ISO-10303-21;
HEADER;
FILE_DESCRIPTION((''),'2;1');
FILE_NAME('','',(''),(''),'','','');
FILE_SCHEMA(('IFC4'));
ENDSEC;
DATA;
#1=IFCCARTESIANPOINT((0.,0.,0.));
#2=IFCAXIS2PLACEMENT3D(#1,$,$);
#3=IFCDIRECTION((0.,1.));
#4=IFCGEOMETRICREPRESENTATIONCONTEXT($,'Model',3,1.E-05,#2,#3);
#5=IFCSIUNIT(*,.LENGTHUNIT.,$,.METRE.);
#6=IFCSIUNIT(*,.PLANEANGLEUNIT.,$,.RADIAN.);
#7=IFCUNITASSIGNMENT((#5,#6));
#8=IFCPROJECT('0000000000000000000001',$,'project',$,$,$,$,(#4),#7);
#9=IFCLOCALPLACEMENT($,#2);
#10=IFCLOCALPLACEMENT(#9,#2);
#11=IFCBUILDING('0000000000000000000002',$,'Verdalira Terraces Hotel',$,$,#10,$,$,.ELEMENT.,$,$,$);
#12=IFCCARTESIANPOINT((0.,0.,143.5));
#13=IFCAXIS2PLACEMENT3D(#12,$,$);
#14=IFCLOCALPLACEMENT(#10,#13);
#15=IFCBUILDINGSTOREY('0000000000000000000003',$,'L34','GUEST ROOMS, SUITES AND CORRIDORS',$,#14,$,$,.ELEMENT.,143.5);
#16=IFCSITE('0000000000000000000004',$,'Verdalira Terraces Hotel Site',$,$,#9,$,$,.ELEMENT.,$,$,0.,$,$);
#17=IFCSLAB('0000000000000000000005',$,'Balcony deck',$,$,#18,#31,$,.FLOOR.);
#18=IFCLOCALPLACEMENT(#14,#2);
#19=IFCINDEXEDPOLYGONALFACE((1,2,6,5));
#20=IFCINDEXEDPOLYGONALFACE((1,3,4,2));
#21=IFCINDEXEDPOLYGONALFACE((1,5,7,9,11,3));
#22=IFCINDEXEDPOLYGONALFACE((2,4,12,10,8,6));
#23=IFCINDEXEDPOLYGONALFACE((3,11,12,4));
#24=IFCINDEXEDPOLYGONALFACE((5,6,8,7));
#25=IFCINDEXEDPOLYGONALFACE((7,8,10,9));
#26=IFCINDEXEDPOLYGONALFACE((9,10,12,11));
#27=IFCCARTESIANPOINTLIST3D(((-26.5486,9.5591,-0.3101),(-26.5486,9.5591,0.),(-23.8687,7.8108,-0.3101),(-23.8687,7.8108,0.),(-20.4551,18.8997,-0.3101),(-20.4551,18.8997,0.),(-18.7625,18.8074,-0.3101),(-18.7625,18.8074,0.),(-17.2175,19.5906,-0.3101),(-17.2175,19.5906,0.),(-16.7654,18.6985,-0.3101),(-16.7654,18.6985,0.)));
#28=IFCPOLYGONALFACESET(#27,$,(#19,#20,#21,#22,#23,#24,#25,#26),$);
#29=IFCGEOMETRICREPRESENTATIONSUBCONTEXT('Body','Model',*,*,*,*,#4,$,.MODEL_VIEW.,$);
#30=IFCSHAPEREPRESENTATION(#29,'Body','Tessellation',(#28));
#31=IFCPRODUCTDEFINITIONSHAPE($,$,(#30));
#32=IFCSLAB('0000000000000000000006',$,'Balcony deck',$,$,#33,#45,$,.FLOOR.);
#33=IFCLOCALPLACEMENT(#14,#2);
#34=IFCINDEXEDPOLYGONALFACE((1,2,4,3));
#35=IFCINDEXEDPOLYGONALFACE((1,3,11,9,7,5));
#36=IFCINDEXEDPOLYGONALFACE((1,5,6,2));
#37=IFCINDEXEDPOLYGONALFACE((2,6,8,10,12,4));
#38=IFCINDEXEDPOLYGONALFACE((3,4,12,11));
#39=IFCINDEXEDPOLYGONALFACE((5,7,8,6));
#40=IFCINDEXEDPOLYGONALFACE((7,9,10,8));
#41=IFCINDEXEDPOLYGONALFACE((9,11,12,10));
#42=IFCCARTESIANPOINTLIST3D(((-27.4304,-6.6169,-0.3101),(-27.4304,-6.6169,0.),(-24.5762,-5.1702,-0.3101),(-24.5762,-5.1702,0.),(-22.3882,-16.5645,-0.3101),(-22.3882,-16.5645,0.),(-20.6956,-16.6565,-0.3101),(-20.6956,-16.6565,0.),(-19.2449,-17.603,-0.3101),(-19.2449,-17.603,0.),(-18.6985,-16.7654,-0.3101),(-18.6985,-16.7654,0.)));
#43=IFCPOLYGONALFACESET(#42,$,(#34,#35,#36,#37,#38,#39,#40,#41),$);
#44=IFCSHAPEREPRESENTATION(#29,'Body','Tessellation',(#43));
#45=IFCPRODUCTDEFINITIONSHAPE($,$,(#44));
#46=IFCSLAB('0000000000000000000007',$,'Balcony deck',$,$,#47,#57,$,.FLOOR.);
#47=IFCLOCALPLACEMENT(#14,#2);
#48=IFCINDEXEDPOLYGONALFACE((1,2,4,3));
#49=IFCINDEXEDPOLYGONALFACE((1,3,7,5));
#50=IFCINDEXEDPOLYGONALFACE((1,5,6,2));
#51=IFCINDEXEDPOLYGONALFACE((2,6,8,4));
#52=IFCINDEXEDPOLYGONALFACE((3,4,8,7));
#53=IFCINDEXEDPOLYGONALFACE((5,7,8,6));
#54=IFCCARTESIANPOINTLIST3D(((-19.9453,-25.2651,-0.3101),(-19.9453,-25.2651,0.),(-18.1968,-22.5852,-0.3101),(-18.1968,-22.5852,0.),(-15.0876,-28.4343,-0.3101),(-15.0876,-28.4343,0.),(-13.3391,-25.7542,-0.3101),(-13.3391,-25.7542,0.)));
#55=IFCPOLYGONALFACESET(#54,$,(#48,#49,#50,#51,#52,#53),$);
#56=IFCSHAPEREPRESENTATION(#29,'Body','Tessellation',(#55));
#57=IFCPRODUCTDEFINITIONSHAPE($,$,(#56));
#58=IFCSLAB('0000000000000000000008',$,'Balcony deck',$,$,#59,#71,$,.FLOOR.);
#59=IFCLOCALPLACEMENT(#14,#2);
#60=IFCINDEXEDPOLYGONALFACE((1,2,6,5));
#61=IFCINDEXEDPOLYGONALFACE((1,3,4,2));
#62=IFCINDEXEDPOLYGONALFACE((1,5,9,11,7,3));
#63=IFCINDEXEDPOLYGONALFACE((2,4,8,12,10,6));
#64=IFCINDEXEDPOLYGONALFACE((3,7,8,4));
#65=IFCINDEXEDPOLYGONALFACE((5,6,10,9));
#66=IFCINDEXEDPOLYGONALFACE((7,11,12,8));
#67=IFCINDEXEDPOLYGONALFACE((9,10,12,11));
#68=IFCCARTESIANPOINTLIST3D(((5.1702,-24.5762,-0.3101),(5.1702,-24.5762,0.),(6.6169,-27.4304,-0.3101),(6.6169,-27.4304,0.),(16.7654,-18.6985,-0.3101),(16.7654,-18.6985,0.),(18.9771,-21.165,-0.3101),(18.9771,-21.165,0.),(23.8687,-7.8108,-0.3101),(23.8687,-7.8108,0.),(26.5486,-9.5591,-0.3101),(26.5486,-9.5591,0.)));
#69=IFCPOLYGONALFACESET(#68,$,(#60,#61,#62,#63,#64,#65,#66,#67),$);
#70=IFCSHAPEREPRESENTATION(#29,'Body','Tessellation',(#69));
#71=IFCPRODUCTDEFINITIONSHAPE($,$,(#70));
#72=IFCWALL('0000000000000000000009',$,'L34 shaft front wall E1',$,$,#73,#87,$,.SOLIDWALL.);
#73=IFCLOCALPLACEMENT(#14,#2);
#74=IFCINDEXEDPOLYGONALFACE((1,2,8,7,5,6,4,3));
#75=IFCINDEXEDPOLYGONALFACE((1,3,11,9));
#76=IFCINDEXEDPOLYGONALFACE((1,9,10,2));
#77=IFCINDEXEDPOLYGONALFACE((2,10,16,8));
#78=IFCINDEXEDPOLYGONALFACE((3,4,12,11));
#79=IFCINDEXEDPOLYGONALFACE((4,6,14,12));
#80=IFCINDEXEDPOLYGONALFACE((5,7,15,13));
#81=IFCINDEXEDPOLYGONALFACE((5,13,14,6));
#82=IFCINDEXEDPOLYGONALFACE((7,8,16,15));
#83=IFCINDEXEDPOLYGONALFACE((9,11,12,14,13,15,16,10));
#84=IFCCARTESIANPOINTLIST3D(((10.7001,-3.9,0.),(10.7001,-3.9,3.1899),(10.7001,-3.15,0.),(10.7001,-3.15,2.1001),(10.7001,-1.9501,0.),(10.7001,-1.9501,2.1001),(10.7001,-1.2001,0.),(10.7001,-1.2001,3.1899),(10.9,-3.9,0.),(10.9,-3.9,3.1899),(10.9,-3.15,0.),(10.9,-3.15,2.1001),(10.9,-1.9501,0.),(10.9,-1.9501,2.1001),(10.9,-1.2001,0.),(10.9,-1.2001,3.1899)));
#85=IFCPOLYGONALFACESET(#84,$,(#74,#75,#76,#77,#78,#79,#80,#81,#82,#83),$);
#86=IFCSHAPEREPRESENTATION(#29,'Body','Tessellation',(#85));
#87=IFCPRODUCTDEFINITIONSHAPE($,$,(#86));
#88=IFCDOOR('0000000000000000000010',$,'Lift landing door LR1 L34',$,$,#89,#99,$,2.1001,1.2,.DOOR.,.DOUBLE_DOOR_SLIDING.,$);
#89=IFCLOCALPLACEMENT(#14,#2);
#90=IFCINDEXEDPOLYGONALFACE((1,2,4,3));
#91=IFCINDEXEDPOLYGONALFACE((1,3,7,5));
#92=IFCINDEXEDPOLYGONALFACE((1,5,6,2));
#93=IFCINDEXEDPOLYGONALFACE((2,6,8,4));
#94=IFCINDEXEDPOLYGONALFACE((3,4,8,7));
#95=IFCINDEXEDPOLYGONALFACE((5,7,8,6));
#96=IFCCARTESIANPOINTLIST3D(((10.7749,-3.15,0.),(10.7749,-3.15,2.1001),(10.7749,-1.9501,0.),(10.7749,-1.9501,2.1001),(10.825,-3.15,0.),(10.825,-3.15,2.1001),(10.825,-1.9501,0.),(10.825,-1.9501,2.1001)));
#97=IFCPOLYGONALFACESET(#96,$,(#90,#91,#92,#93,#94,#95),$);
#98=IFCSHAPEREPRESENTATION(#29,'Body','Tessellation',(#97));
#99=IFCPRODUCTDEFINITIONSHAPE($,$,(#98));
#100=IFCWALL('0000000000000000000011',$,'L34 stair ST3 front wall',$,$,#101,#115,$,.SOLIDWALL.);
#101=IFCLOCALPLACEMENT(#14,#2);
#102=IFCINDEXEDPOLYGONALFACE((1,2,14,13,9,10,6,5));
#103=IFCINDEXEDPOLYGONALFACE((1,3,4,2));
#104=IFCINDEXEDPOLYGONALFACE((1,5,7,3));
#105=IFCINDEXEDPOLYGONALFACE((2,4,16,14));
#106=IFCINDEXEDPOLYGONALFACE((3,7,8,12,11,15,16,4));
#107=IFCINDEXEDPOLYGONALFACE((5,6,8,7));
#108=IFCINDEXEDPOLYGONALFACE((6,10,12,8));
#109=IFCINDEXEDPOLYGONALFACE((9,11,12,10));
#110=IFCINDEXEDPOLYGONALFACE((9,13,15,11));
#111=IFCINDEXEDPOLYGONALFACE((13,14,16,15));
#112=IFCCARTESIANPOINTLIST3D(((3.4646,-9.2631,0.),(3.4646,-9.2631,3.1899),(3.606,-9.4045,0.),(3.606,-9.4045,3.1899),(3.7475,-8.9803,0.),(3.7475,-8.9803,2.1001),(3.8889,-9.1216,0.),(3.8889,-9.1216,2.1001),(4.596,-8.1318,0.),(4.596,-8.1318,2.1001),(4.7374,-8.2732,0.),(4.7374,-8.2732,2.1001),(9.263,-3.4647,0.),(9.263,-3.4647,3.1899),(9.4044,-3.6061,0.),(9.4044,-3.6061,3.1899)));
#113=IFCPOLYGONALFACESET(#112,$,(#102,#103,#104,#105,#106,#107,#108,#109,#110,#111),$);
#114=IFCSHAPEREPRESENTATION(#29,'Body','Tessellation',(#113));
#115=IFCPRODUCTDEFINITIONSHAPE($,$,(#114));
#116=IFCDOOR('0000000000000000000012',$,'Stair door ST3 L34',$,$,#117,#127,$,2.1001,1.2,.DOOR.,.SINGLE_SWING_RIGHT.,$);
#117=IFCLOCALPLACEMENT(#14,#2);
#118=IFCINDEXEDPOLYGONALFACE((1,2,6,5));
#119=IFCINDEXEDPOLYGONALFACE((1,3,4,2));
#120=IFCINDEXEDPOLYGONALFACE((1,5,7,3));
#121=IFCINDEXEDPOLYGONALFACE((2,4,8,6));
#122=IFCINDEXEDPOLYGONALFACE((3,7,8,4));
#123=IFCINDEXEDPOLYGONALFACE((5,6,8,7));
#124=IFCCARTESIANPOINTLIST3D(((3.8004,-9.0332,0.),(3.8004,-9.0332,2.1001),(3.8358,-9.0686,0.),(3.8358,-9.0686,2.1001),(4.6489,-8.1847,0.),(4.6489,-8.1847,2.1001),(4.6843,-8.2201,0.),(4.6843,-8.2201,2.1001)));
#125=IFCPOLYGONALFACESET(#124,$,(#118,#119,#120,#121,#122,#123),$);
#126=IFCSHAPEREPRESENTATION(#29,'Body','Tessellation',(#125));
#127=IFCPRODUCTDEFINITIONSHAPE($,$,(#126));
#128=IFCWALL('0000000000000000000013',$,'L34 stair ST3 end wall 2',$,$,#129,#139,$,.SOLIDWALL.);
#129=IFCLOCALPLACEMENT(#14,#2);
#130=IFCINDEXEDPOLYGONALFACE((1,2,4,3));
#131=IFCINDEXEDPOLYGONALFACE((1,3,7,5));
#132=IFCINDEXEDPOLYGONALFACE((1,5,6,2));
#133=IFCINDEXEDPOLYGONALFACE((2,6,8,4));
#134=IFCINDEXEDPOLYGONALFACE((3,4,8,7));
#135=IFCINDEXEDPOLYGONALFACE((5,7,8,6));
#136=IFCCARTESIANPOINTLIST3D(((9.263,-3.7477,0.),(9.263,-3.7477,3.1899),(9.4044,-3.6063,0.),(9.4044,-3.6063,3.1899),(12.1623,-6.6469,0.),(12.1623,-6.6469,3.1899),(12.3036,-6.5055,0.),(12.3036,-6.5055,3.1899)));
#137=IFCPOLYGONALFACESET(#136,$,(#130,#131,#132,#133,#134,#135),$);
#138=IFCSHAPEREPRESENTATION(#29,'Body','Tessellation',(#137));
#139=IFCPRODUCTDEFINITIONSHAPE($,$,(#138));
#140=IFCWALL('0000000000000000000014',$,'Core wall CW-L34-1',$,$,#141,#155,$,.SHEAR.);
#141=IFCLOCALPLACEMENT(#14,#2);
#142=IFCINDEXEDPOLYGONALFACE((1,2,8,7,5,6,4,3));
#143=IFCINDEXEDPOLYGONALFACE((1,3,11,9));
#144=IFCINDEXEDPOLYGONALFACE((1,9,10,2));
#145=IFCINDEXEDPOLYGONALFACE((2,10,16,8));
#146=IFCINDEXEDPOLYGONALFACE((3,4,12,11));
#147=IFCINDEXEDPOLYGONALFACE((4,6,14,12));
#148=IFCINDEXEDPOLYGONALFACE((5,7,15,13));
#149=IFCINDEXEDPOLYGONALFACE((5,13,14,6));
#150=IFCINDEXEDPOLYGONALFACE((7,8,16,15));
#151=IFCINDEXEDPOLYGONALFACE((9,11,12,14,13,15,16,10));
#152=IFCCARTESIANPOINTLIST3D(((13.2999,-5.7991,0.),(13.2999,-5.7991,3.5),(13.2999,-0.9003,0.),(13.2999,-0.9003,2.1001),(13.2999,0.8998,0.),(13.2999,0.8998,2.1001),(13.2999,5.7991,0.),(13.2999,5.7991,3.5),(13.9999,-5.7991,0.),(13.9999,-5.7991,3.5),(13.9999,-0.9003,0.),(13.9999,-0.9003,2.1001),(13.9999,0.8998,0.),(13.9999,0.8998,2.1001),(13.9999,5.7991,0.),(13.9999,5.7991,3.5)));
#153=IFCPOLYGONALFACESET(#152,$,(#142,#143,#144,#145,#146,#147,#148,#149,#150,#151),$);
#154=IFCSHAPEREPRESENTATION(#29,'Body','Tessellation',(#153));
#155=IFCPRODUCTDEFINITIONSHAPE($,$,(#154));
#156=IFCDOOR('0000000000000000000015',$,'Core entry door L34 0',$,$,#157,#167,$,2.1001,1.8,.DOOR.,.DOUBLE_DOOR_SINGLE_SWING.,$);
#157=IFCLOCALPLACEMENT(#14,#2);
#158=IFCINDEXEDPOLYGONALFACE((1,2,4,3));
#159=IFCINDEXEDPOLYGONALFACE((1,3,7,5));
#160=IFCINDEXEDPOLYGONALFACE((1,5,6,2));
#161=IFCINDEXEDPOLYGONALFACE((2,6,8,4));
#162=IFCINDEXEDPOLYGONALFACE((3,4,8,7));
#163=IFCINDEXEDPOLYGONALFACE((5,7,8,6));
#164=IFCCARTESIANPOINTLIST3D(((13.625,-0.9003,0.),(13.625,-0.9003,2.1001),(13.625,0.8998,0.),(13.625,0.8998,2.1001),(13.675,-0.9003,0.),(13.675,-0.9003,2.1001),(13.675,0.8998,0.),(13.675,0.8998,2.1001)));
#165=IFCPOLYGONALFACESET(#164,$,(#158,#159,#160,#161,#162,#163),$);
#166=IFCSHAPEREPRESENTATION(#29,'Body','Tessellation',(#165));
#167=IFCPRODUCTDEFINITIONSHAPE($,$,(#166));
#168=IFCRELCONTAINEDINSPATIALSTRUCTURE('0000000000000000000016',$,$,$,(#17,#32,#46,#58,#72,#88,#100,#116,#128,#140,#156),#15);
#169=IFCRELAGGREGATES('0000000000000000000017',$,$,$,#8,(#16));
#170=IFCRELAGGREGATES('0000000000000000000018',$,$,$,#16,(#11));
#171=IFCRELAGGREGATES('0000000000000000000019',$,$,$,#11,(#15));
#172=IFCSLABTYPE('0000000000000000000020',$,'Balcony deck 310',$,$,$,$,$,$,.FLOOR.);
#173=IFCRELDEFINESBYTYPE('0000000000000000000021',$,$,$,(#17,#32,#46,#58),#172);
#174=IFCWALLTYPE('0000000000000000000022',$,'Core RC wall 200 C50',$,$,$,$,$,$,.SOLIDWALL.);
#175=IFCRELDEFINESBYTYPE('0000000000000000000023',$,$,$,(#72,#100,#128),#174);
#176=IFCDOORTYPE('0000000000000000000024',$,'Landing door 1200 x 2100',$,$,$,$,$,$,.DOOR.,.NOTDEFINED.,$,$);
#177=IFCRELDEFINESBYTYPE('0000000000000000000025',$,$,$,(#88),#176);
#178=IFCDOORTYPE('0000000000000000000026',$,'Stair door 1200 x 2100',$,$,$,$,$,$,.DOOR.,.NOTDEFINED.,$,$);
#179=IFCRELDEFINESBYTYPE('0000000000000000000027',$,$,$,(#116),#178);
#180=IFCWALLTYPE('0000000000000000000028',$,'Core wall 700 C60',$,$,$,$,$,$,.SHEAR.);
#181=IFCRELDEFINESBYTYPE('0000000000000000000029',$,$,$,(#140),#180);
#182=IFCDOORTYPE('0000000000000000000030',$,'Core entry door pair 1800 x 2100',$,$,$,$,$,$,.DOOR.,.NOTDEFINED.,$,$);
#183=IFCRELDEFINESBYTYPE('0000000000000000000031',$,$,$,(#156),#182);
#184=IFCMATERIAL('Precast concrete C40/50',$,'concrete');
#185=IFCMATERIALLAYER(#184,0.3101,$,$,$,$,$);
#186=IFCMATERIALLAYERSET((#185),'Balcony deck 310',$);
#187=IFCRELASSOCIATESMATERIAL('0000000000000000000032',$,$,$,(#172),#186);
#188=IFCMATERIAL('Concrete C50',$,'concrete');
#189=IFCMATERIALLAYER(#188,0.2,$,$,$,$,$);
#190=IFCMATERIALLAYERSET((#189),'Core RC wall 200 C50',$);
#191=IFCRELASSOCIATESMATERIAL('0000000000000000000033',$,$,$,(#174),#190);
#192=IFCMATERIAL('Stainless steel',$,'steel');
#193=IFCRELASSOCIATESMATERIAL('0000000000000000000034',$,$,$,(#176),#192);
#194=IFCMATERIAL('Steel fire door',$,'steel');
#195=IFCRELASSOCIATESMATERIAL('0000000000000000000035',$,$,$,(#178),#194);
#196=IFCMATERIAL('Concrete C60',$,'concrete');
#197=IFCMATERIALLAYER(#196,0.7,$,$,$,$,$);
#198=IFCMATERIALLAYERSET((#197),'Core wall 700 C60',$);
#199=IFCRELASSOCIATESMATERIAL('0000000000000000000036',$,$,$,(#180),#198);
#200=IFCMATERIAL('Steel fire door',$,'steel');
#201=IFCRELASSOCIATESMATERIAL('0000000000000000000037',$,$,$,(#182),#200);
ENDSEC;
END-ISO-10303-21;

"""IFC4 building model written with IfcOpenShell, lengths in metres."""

from ifc_helpers import new_model, si_unit, direction, frame, frame_2d, origin, place, context, subcontext, project, spatial, polyline, rectangle, outline, extrude, material, layer, layer_set, type_object, element, fill, save


model = new_model("IFC4")

# Units and contexts
model_context = context("Model", 3, precision=1e-05, world=origin(), true_north=direction((0.0, 1.0)))
body_context = subcontext(model_context, "Body", "Model", "MODEL_VIEW")
ifc_project = project(units=[si_unit("LENGTHUNIT", "METRE"), si_unit("PLANEANGLEUNIT", "RADIAN")], contexts=[model_context])

# Site, building, storey
site_placement = place(None, origin())
site = spatial("IfcSite", under=ifc_project, at=site_placement, Name="Verdalira Terraces Hotel Site", CompositionType="ELEMENT", RefElevation=0.0)
building_placement = place(site_placement, origin())
building = spatial("IfcBuilding", under=site, at=building_placement, Name="Verdalira Terraces Hotel", CompositionType="ELEMENT")
storey_placement = place(building_placement, frame((0.0, 0.0, 143.5)))
storey = spatial("IfcBuildingStorey", under=building, at=storey_placement, Name="L34", Description="GUEST ROOMS, SUITES AND CORRIDORS", CompositionType="ELEMENT", Elevation=143.5)

# Slabs
ifc_material_1 = material(Name="Precast concrete C40/50", Category="concrete")
ifc_layer_1 = layer(ifc_material_1, 0.3101)
ifc_layer_set_1 = layer_set([ifc_layer_1], Name="Balcony deck 310")
slab_type = type_object("IfcSlabType", Name="Balcony deck 310", PredefinedType="FLOOR", material=ifc_layer_set_1)
slab_1_placement = place(storey_placement, frame((0.0, 0.0, -0.3101)))
element("IfcSlab", 1, at=slab_1_placement, inside=storey, type_object=slab_type, Name="Balcony deck", PredefinedType="FLOOR", context=body_context, shape_type="SweptSolid", body=[
    extrude(outline(polyline([(-20.4551, 18.8997), (-26.5486, 9.5591), (-23.8687, 7.8108), (-16.7654, 18.6985), (-17.2175, 19.5906), (-18.7625, 18.8074), (-20.4551, 18.8997)])), origin(), (0.0, 0.0, 1.0), 0.3101),
])
slab_2_placement = place(storey_placement, frame((0.0, 0.0, -0.3101)))
element("IfcSlab", 2, at=slab_2_placement, inside=storey, type_object=slab_type, Name="Balcony deck", PredefinedType="FLOOR", context=body_context, shape_type="SweptSolid", body=[
    extrude(outline(polyline([(-22.3882, -16.5645), (-20.6956, -16.6565), (-19.2449, -17.603), (-18.6985, -16.7654), (-24.5762, -5.1702), (-27.4304, -6.6169), (-22.3882, -16.5645)])), origin(), (0.0, 0.0, 1.0), 0.3101),
])
slab_3_placement = place(storey_placement, frame((0.0, 0.0, -0.3101)))
element("IfcSlab", 3, at=slab_3_placement, inside=storey, type_object=slab_type, Name="Balcony deck", PredefinedType="FLOOR", context=body_context, shape_type="SweptSolid", body=[
    extrude(outline(polyline([(-15.0876, -28.4343), (-13.3391, -25.7541), (-18.1968, -22.5852), (-19.9453, -25.2651), (-15.0876, -28.4343)])), origin(), (0.0, 0.0, 1.0), 0.3101),
])
slab_4_placement = place(storey_placement, frame((0.0, 0.0, -0.3101)))
element("IfcSlab", 4, at=slab_4_placement, inside=storey, type_object=slab_type, Name="Balcony deck", PredefinedType="FLOOR", context=body_context, shape_type="SweptSolid", body=[
    extrude(outline(polyline([(26.5486, -9.5591), (23.8687, -7.8108), (16.7654, -18.6985), (5.1702, -24.5762), (6.6169, -27.4304), (18.9771, -21.165), (26.5486, -9.5591)])), origin(), (0.0, 0.0, 1.0), 0.3101),
])

# Walls, openings, doors
ifc_material_2 = material(Name="Concrete C50", Category="concrete")
ifc_layer_2 = layer(ifc_material_2, 0.2)
ifc_layer_set_2 = layer_set([ifc_layer_2], Name="Core RC wall 200 C50")
wall_type_1 = type_object("IfcWallType", Name="Core RC wall 200 C50", PredefinedType="SOLIDWALL", material=ifc_layer_set_2)
wall_1_placement = place(storey_placement, frame((10.8, -1.2, 0.0), z_axis=(0.0, 0.0, 1.0), x_axis=(0.0, -1.0, 0.0)))
wall_1 = element("IfcWall", 5, at=wall_1_placement, inside=storey, type_object=wall_type_1, Name="L34 shaft front wall E1", PredefinedType="SOLIDWALL", context=body_context, shape_type="SweptSolid", body=[
    extrude(rectangle(XDim=2.7, YDim=0.2, at=frame_2d((1.3501, 0.0))), origin(), (0.0, 0.0, 1.0), 3.1899),
])
opening_1_placement = place(wall_1_placement, frame((0.75, 0.0, 0.0)))
opening_1 = element("IfcOpeningElement", 6, at=opening_1_placement, cuts=wall_1, PredefinedType="OPENING", context=body_context, shape_type="SweptSolid", body=[
    extrude(rectangle(XDim=1.2, YDim=2.1001, at=frame_2d((0.6001, 1.05))), frame((0.0, 0.1099, 0.0), z_axis=(0.0, -1.0, 0.0), x_axis=(1.0, 0.0, 0.0)), (0.0, 0.0, 1.0), 0.22),
])
ifc_material_3 = material(Name="Stainless steel", Category="steel")
door_type_1 = type_object("IfcDoorType", Name="Landing door 1200 x 2100", OperationType="NOTDEFINED", PredefinedType="DOOR", material=ifc_material_3)
door_1_placement = place(opening_1_placement, origin())
door_1 = element("IfcDoor", 7, at=door_1_placement, inside=storey, type_object=door_type_1, Name="Lift landing door LR1 L34", OperationType="DOUBLE_DOOR_SLIDING", OverallHeight=2.1001, OverallWidth=1.2, PredefinedType="DOOR", context=body_context, shape_type="SweptSolid", body=[
    extrude(rectangle(XDim=1.2, YDim=2.1001, at=frame_2d((0.6001, 1.05))), frame((0.0, 0.0249, 0.0), z_axis=(0.0, -1.0, 0.0), x_axis=(1.0, 0.0, 0.0)), (0.0, 0.0, 1.0), 0.05),
])
fill(opening_1, door_1)
wall_2_placement = place(storey_placement, frame((9.3337, -3.5354, 0.0), z_axis=(0.0, 0.0, 1.0), x_axis=(-0.707107, -0.707107, 0.0)))
wall_2 = element("IfcWall", 8, at=wall_2_placement, inside=storey, type_object=wall_type_1, Name="L34 stair ST3 front wall", PredefinedType="SOLIDWALL", context=body_context, shape_type="SweptSolid", body=[
    extrude(rectangle(XDim=8.2002, YDim=0.2, at=frame_2d((4.1001, 0.0))), origin(), (0.0, 0.0, 1.0), 3.1899),
])
opening_2_placement = place(wall_2_placement, frame((6.6001, 0.0, 0.0)))
opening_2 = element("IfcOpeningElement", 9, at=opening_2_placement, cuts=wall_2, PredefinedType="OPENING", context=body_context, shape_type="SweptSolid", body=[
    extrude(rectangle(XDim=1.2, YDim=2.1001, at=frame_2d((0.6001, 1.05))), frame((0.0, 0.1099, 0.0), z_axis=(0.0, -1.0, 0.0), x_axis=(1.0, 0.0, 0.0)), (0.0, 0.0, 1.0), 0.22),
])
ifc_material_4 = material(Name="Steel fire door", Category="steel")
door_type_2 = type_object("IfcDoorType", Name="Stair door 1200 x 2100", OperationType="NOTDEFINED", PredefinedType="DOOR", material=ifc_material_4)
door_2_placement = place(opening_2_placement, origin())
door_2 = element("IfcDoor", 10, at=door_2_placement, inside=storey, type_object=door_type_2, Name="Stair door ST3 L34", OperationType="SINGLE_SWING_RIGHT", OverallHeight=2.1001, OverallWidth=1.2, PredefinedType="DOOR", context=body_context, shape_type="SweptSolid", body=[
    extrude(rectangle(XDim=1.2, YDim=2.1001, at=frame_2d((0.6001, 1.05))), frame((0.0, 0.0249, 0.0), z_axis=(0.0, -1.0, 0.0), x_axis=(1.0, 0.0, 0.0)), (0.0, 0.0, 1.0), 0.05),
])
fill(opening_2, door_2)

# Wall
wall_3_placement = place(storey_placement, frame((9.3337, -3.677, 0.0), z_axis=(0.0, 0.0, 1.0), x_axis=(0.707107, -0.707107, 0.0)))
element("IfcWall", 11, at=wall_3_placement, inside=storey, type_object=wall_type_1, Name="L34 stair ST3 end wall 2", PredefinedType="SOLIDWALL", context=body_context, shape_type="SweptSolid", body=[
    extrude(rectangle(XDim=4.1001, YDim=0.2, at=frame_2d((2.05, 0.0))), origin(), (0.0, 0.0, 1.0), 3.1899),
])

# Wall, opening, door
ifc_material_5 = material(Name="Concrete C60", Category="concrete")
ifc_layer_3 = layer(ifc_material_5, 0.7)
ifc_layer_set_3 = layer_set([ifc_layer_3], Name="Core wall 700 C60")
wall_type_2 = type_object("IfcWallType", Name="Core wall 700 C60", PredefinedType="SHEAR", material=ifc_layer_set_3)
wall_4_placement = place(storey_placement, frame((13.6499, -5.7991, 0.0), z_axis=(0.0, 0.0, 1.0), x_axis=(0.0, 1.0, 0.0)))
wall_4 = element("IfcWall", 12, at=wall_4_placement, inside=storey, type_object=wall_type_2, Name="Core wall CW-L34-1", PredefinedType="SHEAR", context=body_context, shape_type="SweptSolid", body=[
    extrude(rectangle(XDim=11.5981, YDim=0.7, at=frame_2d((5.7991, 0.0))), origin(), (0.0, 0.0, 1.0), 3.5),
])
opening_3_placement = place(wall_4_placement, frame((4.8989, 0.0, 0.0)))
opening_3 = element("IfcOpeningElement", 13, at=opening_3_placement, cuts=wall_4, PredefinedType="OPENING", context=body_context, shape_type="SweptSolid", body=[
    extrude(rectangle(XDim=1.8, YDim=2.1001, at=frame_2d((0.8999, 1.05))), frame((0.0, 0.3599, 0.0), z_axis=(0.0, -1.0, 0.0), x_axis=(1.0, 0.0, 0.0)), (0.0, 0.0, 1.0), 0.72),
])
ifc_material_6 = material(Name="Steel fire door", Category="steel")
door_type_3 = type_object("IfcDoorType", Name="Core entry door pair 1800 x 2100", OperationType="NOTDEFINED", PredefinedType="DOOR", material=ifc_material_6)
door_3_placement = place(opening_3_placement, origin())
door_3 = element("IfcDoor", 14, at=door_3_placement, inside=storey, type_object=door_type_3, Name="Core entry door L34 0", OperationType="DOUBLE_DOOR_SINGLE_SWING", OverallHeight=2.1001, OverallWidth=1.8, PredefinedType="DOOR", context=body_context, shape_type="SweptSolid", body=[
    extrude(rectangle(XDim=1.8, YDim=2.1001, at=frame_2d((0.8999, 1.05))), frame((0.0, 0.0249, 0.0), z_axis=(0.0, -1.0, 0.0), x_axis=(1.0, 0.0, 0.0)), (0.0, 0.0, 1.0), 0.05),
])
fill(opening_3, door_3)

save(model, "model.ifc")
